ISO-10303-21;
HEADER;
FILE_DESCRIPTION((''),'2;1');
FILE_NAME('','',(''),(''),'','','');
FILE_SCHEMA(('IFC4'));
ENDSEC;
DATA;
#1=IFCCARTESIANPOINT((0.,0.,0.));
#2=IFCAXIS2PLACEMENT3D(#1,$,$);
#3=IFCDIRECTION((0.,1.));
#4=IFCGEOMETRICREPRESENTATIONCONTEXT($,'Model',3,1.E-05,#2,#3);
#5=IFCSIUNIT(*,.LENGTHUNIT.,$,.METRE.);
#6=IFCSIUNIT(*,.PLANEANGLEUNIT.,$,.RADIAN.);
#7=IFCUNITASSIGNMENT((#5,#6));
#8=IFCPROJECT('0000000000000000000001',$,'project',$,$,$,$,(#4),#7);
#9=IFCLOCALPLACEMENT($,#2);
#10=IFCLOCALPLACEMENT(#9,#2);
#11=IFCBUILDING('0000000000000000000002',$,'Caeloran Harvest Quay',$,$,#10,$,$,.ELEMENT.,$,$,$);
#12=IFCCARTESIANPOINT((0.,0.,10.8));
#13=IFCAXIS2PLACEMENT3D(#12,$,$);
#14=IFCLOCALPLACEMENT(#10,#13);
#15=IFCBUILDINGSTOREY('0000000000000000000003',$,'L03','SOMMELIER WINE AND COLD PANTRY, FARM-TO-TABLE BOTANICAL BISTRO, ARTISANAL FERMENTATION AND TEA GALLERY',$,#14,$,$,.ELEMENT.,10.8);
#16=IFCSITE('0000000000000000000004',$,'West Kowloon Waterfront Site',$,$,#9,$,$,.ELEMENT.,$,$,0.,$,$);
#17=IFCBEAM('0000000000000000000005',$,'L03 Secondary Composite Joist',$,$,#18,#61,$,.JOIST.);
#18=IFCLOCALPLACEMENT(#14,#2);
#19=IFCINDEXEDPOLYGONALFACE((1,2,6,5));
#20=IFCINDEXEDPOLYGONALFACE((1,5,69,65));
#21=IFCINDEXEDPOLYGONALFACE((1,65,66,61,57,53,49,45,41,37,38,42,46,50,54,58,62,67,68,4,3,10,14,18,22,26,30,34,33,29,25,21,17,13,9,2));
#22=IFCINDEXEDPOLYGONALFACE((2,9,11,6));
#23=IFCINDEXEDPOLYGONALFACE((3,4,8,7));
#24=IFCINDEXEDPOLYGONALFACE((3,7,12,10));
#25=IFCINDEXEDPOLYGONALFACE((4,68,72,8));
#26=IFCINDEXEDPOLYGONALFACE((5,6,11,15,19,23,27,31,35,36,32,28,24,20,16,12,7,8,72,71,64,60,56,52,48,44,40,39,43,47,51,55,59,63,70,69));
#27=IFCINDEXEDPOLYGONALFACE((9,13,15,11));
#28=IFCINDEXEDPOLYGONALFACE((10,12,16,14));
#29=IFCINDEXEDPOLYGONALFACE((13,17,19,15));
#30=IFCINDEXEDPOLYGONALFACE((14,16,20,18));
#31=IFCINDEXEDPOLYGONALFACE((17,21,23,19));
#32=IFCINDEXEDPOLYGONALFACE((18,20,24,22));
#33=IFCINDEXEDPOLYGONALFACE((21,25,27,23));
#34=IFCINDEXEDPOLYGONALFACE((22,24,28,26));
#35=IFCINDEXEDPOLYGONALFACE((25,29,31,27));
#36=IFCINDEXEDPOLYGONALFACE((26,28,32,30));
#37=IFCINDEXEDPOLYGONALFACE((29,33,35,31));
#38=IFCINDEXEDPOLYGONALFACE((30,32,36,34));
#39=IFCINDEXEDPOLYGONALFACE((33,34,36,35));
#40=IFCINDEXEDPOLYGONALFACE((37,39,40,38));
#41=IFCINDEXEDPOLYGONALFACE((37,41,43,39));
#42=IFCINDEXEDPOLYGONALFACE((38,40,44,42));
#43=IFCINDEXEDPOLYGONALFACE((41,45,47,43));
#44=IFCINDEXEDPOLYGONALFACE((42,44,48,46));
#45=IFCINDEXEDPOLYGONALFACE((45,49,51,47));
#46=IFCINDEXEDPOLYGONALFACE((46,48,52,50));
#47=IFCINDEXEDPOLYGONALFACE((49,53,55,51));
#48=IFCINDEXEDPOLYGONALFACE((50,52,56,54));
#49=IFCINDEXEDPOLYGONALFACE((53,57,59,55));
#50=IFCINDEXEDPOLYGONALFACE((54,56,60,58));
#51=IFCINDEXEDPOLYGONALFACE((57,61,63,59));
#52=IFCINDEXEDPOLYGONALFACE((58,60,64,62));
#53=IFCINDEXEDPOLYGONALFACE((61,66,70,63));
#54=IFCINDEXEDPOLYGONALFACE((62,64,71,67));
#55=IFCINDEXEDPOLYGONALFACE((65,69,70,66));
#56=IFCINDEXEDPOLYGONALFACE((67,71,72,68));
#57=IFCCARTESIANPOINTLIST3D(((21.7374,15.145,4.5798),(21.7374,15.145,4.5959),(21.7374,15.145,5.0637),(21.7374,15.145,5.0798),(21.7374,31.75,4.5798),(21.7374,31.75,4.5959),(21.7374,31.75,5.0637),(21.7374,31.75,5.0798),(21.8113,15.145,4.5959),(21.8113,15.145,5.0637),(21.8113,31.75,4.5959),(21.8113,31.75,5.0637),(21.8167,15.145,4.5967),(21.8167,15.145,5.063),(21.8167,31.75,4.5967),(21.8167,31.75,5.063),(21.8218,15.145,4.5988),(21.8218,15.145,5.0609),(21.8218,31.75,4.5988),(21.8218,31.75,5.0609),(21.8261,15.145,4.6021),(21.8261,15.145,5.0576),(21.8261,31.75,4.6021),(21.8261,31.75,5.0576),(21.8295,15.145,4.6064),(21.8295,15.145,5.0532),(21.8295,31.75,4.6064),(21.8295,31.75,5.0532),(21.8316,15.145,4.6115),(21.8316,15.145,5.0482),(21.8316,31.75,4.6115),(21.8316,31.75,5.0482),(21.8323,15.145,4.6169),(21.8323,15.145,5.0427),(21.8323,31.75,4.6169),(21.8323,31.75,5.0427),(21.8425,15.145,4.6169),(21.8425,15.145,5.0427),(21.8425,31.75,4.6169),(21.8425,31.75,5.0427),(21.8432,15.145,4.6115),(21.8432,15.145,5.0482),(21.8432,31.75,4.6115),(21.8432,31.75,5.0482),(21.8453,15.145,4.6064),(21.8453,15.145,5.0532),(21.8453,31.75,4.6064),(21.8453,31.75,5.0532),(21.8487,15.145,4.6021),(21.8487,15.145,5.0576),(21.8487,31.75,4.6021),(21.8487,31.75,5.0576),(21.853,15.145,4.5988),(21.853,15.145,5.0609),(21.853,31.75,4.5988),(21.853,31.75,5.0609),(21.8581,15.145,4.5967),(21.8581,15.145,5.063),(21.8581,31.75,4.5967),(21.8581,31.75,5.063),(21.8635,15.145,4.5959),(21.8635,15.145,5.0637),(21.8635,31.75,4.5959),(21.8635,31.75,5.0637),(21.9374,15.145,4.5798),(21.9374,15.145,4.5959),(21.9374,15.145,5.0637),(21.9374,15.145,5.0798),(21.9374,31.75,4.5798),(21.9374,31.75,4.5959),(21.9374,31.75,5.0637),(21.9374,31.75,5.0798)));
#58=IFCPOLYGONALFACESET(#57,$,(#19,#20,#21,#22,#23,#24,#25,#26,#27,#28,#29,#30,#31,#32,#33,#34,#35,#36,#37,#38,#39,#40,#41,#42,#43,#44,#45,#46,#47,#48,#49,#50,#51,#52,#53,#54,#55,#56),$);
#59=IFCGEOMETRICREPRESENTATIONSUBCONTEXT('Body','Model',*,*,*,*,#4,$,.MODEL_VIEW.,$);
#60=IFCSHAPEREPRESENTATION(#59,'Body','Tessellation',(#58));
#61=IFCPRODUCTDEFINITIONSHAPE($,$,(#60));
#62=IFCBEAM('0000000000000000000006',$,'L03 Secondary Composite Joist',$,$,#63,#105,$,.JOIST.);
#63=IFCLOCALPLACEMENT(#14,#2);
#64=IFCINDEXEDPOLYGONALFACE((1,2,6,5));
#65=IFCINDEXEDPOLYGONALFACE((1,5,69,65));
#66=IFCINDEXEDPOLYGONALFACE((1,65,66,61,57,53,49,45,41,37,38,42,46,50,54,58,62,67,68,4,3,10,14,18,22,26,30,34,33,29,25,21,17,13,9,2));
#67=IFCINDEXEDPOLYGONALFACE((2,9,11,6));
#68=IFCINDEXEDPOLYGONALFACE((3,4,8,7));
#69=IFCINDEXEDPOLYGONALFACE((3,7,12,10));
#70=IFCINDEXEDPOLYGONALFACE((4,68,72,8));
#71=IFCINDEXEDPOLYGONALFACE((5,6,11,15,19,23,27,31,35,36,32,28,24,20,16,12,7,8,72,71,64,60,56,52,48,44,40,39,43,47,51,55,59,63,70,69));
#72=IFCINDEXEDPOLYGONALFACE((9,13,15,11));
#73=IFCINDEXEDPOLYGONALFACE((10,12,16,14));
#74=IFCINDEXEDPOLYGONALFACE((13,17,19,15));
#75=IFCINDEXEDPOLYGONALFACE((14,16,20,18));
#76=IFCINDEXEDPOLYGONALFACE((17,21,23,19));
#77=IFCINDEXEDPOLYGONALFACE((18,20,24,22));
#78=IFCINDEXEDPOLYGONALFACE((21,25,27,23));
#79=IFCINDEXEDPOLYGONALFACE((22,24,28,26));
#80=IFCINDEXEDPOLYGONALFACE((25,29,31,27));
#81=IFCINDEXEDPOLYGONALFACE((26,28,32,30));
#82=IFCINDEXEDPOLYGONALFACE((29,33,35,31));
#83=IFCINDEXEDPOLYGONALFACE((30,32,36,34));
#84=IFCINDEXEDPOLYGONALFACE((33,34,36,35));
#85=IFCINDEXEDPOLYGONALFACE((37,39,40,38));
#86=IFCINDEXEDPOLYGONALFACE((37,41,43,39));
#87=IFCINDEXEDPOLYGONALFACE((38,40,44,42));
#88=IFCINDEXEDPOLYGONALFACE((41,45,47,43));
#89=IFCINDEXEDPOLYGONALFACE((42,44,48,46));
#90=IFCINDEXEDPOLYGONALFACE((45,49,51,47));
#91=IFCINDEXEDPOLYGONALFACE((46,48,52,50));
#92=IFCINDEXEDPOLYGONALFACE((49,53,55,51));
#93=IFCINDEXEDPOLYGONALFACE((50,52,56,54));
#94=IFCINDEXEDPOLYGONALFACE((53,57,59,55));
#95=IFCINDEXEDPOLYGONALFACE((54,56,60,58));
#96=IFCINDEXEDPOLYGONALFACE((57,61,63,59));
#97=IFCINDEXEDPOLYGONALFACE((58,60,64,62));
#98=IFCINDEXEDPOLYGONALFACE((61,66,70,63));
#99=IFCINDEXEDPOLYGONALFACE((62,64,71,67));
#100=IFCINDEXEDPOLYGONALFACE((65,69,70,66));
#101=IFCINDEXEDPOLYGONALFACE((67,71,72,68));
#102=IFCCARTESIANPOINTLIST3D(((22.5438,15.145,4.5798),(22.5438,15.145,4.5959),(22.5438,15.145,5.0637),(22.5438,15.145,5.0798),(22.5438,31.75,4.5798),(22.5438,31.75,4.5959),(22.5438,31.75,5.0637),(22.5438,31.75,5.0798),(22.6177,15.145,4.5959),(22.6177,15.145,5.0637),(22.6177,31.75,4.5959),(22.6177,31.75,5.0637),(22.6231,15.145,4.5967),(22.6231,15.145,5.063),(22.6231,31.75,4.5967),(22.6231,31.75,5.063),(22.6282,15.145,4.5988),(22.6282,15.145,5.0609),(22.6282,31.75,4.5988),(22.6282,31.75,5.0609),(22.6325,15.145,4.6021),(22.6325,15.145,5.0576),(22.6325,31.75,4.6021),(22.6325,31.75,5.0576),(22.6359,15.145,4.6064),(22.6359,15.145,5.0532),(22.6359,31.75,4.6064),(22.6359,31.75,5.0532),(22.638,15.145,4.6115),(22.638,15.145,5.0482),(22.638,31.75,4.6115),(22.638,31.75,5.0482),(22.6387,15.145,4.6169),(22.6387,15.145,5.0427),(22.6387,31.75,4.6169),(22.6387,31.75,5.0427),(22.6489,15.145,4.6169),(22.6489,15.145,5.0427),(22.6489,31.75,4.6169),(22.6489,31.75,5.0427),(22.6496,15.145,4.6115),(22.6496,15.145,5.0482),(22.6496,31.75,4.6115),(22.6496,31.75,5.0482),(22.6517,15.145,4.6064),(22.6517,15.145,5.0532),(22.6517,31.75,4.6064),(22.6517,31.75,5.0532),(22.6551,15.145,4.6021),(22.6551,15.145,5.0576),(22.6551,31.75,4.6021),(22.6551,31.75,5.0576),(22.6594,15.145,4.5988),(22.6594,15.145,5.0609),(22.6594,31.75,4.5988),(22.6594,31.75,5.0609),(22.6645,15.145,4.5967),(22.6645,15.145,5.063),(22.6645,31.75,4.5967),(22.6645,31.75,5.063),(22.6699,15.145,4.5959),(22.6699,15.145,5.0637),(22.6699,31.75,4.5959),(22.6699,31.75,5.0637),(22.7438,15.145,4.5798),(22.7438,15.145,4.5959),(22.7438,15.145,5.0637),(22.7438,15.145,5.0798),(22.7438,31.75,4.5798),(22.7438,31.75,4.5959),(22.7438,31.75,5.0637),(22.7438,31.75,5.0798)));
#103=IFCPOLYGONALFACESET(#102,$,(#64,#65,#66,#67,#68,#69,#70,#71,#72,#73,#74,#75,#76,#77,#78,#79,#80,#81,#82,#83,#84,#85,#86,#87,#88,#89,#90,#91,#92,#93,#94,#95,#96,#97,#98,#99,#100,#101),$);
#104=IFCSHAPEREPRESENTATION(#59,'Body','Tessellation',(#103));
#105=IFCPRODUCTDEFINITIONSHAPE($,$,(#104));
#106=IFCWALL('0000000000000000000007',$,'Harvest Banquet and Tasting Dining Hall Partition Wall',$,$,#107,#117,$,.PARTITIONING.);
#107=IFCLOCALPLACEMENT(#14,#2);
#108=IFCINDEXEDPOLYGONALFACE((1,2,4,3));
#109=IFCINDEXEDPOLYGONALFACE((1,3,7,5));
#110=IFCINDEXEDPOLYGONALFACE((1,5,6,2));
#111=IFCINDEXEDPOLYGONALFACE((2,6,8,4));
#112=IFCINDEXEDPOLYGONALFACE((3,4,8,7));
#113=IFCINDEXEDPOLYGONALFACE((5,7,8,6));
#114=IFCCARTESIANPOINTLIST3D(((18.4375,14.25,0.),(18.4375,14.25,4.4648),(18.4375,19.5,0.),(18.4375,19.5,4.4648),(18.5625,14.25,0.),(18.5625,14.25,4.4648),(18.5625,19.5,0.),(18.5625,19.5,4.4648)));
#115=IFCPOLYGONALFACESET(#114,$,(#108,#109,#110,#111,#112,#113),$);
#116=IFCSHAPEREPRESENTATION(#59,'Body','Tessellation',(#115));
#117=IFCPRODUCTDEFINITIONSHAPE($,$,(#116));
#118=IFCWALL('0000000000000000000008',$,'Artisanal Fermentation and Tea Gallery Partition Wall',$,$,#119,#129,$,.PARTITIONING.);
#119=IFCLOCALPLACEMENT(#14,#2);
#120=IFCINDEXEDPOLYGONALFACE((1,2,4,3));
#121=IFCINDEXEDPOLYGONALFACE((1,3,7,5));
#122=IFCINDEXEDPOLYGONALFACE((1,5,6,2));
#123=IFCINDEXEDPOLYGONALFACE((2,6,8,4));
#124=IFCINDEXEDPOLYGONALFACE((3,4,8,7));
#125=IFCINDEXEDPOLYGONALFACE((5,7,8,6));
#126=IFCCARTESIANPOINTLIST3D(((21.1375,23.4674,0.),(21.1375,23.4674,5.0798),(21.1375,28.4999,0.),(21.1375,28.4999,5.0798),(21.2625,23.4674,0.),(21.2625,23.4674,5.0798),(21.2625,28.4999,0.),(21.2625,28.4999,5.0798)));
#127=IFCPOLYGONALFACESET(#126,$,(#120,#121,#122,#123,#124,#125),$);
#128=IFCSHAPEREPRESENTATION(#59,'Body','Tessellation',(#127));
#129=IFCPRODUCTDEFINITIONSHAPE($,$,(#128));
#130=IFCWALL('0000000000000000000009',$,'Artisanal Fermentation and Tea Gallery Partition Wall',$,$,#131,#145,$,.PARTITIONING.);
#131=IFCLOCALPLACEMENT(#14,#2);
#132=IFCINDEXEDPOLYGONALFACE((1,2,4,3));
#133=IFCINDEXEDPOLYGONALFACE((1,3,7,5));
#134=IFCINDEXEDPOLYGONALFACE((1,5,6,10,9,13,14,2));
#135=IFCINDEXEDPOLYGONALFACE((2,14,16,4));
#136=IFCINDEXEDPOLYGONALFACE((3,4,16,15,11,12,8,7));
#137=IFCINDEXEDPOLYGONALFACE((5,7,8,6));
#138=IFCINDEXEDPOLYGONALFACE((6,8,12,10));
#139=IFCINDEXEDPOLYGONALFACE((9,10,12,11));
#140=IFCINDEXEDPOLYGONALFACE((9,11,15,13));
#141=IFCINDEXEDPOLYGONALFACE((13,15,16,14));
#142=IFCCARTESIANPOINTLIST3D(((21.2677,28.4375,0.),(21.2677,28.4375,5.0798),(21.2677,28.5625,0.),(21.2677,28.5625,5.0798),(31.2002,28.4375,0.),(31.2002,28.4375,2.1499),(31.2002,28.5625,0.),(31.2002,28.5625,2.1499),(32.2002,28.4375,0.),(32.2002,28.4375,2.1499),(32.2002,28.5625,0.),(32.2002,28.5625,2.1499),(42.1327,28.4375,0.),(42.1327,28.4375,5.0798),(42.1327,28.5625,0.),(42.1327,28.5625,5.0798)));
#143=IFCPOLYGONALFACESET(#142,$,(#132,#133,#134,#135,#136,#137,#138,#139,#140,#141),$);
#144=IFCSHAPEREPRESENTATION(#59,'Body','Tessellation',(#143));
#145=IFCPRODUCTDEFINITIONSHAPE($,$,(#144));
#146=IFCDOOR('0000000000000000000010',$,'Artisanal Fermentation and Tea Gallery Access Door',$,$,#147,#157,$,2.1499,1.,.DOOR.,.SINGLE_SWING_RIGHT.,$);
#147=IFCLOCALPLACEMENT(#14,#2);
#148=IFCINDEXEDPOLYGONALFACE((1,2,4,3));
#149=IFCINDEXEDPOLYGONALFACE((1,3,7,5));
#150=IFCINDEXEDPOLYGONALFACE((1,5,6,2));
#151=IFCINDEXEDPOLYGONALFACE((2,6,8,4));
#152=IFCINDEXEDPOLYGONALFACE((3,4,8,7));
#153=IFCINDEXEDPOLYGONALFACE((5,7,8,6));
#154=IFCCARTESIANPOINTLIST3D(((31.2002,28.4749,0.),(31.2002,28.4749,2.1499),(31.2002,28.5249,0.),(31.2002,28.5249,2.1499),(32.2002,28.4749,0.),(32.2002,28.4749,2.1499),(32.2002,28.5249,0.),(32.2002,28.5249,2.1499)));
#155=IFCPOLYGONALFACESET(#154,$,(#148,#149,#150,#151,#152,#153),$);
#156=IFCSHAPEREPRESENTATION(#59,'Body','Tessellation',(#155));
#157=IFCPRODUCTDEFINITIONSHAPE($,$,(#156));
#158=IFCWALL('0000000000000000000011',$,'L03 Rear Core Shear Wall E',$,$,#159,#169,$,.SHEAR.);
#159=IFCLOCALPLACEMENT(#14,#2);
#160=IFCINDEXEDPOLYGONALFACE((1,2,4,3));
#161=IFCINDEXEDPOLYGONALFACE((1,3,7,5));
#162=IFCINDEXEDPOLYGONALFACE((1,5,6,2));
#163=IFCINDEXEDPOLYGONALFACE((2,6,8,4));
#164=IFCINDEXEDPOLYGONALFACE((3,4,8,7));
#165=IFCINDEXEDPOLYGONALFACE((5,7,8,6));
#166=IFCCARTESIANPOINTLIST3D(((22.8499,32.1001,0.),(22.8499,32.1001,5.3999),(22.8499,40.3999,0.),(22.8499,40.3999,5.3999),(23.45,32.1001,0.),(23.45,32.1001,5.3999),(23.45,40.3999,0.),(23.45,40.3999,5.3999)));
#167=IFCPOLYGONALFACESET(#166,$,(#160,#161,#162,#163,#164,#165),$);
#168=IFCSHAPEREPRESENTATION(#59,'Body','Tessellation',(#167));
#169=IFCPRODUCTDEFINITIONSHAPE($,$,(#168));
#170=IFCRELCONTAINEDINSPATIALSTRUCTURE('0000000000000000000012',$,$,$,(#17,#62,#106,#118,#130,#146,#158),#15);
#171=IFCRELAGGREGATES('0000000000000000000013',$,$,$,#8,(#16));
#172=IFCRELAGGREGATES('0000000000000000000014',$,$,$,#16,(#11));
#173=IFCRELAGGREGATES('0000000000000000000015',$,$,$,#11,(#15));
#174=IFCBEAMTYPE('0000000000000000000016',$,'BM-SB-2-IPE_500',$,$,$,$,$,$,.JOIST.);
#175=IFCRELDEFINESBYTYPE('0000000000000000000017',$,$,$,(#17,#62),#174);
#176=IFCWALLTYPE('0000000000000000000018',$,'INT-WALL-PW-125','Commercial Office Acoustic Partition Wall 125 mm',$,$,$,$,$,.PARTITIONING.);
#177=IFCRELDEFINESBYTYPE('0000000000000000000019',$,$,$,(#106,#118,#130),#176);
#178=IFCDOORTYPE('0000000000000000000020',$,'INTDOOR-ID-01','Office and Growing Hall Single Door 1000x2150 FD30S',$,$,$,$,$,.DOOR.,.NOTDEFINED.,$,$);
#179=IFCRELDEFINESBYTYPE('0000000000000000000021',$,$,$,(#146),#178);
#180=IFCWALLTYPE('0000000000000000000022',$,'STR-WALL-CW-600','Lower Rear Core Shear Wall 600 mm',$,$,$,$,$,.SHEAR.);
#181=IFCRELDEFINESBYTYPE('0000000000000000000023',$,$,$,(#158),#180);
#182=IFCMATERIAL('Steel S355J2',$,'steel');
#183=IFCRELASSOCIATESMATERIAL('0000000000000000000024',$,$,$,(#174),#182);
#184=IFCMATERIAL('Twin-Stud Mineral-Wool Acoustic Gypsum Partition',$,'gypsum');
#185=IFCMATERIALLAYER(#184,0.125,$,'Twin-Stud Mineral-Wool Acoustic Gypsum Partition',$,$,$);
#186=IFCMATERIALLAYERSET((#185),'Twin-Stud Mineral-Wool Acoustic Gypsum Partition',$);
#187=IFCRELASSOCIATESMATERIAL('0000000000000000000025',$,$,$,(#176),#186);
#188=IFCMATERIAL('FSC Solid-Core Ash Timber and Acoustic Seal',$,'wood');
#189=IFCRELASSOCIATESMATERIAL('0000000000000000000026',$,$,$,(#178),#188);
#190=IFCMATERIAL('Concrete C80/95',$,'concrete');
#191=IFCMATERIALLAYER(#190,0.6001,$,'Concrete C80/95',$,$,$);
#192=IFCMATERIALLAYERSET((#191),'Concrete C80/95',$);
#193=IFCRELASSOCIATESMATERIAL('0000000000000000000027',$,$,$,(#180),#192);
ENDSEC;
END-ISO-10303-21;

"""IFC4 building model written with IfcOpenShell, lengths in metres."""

from ifc_helpers import new_model, si_unit, direction, frame, frame_2d, origin, origin_2d, place, context, subcontext, project, spatial, rectangle, i_section, extrude, material, layer, layer_set, material_profile, profile_set, type_object, element, fill, save


model = new_model("IFC4")

# Units and contexts
model_context = context("Model", 3, precision=1e-05, world=origin(), true_north=direction((0.0, 1.0)))
body_context = subcontext(model_context, "Body", "Model", "MODEL_VIEW")
ifc_project = project(units=[si_unit("LENGTHUNIT", "METRE"), si_unit("PLANEANGLEUNIT", "RADIAN")], contexts=[model_context])

# Site, building, storey
site_placement = place(None, origin())
site = spatial("IfcSite", under=ifc_project, at=site_placement, Name="West Kowloon Waterfront Site", CompositionType="ELEMENT", RefElevation=0.0)
building_placement = place(site_placement, origin())
building = spatial("IfcBuilding", under=site, at=building_placement, Name="Caeloran Harvest Quay", CompositionType="ELEMENT")
storey_placement = place(building_placement, frame((0.0, 0.0, 10.8)))
storey = spatial("IfcBuildingStorey", under=building, at=storey_placement, Name="L03", Description="SOMMELIER WINE AND COLD PANTRY, FARM-TO-TABLE BOTANICAL BISTRO, ARTISANAL FERMENTATION AND TEA GALLERY", CompositionType="ELEMENT", Elevation=10.8)

# Shared definitions
ifc_material_1 = material(Name="Concrete C80/95", Category="concrete")

# Beams
ifc_material_2 = material(Name="Steel S355J2", Category="steel")
ifc_material_profile_1 = material_profile(ifc_material_2, i_section(OverallWidth=0.2, OverallDepth=0.5, WebThickness=0.0103, FlangeThickness=0.0161, FilletRadius=0.021, at=origin_2d()), Name="IPE 500")
ifc_profile_set_1 = profile_set([ifc_material_profile_1], Name="Steel S355J2")
beam_type_1 = type_object("IfcBeamType", Name="BM-SB-2-IPE_500", PredefinedType="JOIST", material=ifc_profile_set_1)
for number, where, z_axis, x_axis, name in (
    (1, (21.8374, 15.145, 4.8298), (0.0, 1.0, 0.0), (-1.0, 0.0, 0.0), "L03 Secondary Composite Joist"),
    (2, (22.6438, 15.145, 4.8298), (0.0, 1.0, 0.0), (-1.0, 0.0, 0.0), "L03 Secondary Composite Joist"),
):
    element("IfcBeam", number, at=place(storey_placement, frame(where, z_axis=z_axis, x_axis=x_axis)), inside=storey, type_object=beam_type_1, Name=name, PredefinedType="JOIST", context=body_context, shape_type="SweptSolid", body=[
        extrude(i_section(OverallWidth=0.2, OverallDepth=0.5, WebThickness=0.0103, FlangeThickness=0.0161, FilletRadius=0.021, at=origin_2d()), origin(), (0.0, 0.0, 1.0), 16.605),
    ])

# Walls
ifc_material_3 = material(Name="Twin-Stud Mineral-Wool Acoustic Gypsum Partition", Category="gypsum")
ifc_layer_1 = layer(ifc_material_3, 0.125, Name="Twin-Stud Mineral-Wool Acoustic Gypsum Partition")
ifc_layer_set_1 = layer_set([ifc_layer_1], Name="Twin-Stud Mineral-Wool Acoustic Gypsum Partition")
wall_type_1 = type_object("IfcWallType", Name="INT-WALL-PW-125", Description="Commercial Office Acoustic Partition Wall 125 mm", PredefinedType="PARTITIONING", material=ifc_layer_set_1)
wall_1_placement = place(storey_placement, frame((18.5, 19.5, 0.0), z_axis=(0.0, 0.0, 1.0), x_axis=(0.0, -1.0, 0.0)))
element("IfcWall", 3, at=wall_1_placement, inside=storey, type_object=wall_type_1, Name="Harvest Banquet and Tasting Dining Hall Partition Wall", PredefinedType="PARTITIONING", context=body_context, shape_type="SweptSolid", body=[
    extrude(rectangle(XDim=5.25, YDim=0.125, at=frame_2d((2.625, 0.0))), origin(), (0.0, 0.0, 1.0), 4.4648),
])
wall_2_placement = place(storey_placement, frame((21.2, 23.4675, 0.0), z_axis=(0.0, 0.0, 1.0), x_axis=(0.0, 1.0, 0.0)))
element("IfcWall", 4, at=wall_2_placement, inside=storey, type_object=wall_type_1, Name="Artisanal Fermentation and Tea Gallery Partition Wall", PredefinedType="PARTITIONING", context=body_context, shape_type="SweptSolid", body=[
    extrude(rectangle(XDim=5.0325, YDim=0.125, at=frame_2d((2.5161, 0.0))), origin(), (0.0, 0.0, 1.0), 5.0798),
])

# Wall, opening, door
wall_3_placement = place(storey_placement, frame((21.2676, 28.5, 0.0), z_axis=(0.0, 0.0, 1.0), x_axis=(1.0, 0.0, 0.0)))
wall_3 = element("IfcWall", 5, at=wall_3_placement, inside=storey, type_object=wall_type_1, Name="Artisanal Fermentation and Tea Gallery Partition Wall", PredefinedType="PARTITIONING", context=body_context, shape_type="SweptSolid", body=[
    extrude(rectangle(XDim=20.865, YDim=0.125, at=frame_2d((10.4326, 0.0))), origin(), (0.0, 0.0, 1.0), 5.0798),
])
opening_1_placement = place(wall_3_placement, frame((9.9326, 0.0, 0.0)))
opening_1 = element("IfcOpeningElement", 6, at=opening_1_placement, cuts=wall_3, PredefinedType="OPENING", context=body_context, shape_type="SweptSolid", body=[
    extrude(rectangle(XDim=1.0, YDim=2.1499, at=frame_2d((0.5, 1.075))), frame((0.0, 0.0725, 0.0), z_axis=(0.0, -1.0, 0.0), x_axis=(1.0, 0.0, 0.0)), (0.0, 0.0, 1.0), 0.145),
])
ifc_material_4 = material(Name="FSC Solid-Core Ash Timber and Acoustic Seal", Category="wood")
door_type_1 = type_object("IfcDoorType", Name="INTDOOR-ID-01", Description="Office and Growing Hall Single Door 1000x2150 FD30S", OperationType="NOTDEFINED", PredefinedType="DOOR", material=ifc_material_4)
door_1_placement = place(opening_1_placement, origin())
door_1 = element("IfcDoor", 7, at=door_1_placement, inside=storey, type_object=door_type_1, Name="Artisanal Fermentation and Tea Gallery Access Door", OperationType="SINGLE_SWING_RIGHT", OverallHeight=2.1499, OverallWidth=1.0, PredefinedType="DOOR", context=body_context, shape_type="SweptSolid", body=[
    extrude(rectangle(XDim=1.0, YDim=2.1499, at=frame_2d((0.5, 1.075))), frame((0.0, 0.0249, 0.0), z_axis=(0.0, -1.0, 0.0), x_axis=(1.0, 0.0, 0.0)), (0.0, 0.0, 1.0), 0.05),
])
fill(opening_1, door_1)

# Wall
ifc_layer_2 = layer(ifc_material_1, 0.6001, Name="Concrete C80/95")
ifc_layer_set_2 = layer_set([ifc_layer_2], Name="Concrete C80/95")
wall_type_2 = type_object("IfcWallType", Name="STR-WALL-CW-600", Description="Lower Rear Core Shear Wall 600 mm", PredefinedType="SHEAR", material=ifc_layer_set_2)
wall_4_placement = place(storey_placement, frame((23.1499, 32.1001, 0.0), z_axis=(0.0, 0.0, 1.0), x_axis=(0.0, 1.0, 0.0)))
element("IfcWall", 8, at=wall_4_placement, inside=storey, type_object=wall_type_2, Name="L03 Rear Core Shear Wall E", PredefinedType="SHEAR", context=body_context, shape_type="SweptSolid", body=[
    extrude(rectangle(XDim=8.2998, YDim=0.6001, at=frame_2d((4.1499, 0.0))), origin(), (0.0, 0.0, 1.0), 5.3999),
])

save(model, "model.ifc")
